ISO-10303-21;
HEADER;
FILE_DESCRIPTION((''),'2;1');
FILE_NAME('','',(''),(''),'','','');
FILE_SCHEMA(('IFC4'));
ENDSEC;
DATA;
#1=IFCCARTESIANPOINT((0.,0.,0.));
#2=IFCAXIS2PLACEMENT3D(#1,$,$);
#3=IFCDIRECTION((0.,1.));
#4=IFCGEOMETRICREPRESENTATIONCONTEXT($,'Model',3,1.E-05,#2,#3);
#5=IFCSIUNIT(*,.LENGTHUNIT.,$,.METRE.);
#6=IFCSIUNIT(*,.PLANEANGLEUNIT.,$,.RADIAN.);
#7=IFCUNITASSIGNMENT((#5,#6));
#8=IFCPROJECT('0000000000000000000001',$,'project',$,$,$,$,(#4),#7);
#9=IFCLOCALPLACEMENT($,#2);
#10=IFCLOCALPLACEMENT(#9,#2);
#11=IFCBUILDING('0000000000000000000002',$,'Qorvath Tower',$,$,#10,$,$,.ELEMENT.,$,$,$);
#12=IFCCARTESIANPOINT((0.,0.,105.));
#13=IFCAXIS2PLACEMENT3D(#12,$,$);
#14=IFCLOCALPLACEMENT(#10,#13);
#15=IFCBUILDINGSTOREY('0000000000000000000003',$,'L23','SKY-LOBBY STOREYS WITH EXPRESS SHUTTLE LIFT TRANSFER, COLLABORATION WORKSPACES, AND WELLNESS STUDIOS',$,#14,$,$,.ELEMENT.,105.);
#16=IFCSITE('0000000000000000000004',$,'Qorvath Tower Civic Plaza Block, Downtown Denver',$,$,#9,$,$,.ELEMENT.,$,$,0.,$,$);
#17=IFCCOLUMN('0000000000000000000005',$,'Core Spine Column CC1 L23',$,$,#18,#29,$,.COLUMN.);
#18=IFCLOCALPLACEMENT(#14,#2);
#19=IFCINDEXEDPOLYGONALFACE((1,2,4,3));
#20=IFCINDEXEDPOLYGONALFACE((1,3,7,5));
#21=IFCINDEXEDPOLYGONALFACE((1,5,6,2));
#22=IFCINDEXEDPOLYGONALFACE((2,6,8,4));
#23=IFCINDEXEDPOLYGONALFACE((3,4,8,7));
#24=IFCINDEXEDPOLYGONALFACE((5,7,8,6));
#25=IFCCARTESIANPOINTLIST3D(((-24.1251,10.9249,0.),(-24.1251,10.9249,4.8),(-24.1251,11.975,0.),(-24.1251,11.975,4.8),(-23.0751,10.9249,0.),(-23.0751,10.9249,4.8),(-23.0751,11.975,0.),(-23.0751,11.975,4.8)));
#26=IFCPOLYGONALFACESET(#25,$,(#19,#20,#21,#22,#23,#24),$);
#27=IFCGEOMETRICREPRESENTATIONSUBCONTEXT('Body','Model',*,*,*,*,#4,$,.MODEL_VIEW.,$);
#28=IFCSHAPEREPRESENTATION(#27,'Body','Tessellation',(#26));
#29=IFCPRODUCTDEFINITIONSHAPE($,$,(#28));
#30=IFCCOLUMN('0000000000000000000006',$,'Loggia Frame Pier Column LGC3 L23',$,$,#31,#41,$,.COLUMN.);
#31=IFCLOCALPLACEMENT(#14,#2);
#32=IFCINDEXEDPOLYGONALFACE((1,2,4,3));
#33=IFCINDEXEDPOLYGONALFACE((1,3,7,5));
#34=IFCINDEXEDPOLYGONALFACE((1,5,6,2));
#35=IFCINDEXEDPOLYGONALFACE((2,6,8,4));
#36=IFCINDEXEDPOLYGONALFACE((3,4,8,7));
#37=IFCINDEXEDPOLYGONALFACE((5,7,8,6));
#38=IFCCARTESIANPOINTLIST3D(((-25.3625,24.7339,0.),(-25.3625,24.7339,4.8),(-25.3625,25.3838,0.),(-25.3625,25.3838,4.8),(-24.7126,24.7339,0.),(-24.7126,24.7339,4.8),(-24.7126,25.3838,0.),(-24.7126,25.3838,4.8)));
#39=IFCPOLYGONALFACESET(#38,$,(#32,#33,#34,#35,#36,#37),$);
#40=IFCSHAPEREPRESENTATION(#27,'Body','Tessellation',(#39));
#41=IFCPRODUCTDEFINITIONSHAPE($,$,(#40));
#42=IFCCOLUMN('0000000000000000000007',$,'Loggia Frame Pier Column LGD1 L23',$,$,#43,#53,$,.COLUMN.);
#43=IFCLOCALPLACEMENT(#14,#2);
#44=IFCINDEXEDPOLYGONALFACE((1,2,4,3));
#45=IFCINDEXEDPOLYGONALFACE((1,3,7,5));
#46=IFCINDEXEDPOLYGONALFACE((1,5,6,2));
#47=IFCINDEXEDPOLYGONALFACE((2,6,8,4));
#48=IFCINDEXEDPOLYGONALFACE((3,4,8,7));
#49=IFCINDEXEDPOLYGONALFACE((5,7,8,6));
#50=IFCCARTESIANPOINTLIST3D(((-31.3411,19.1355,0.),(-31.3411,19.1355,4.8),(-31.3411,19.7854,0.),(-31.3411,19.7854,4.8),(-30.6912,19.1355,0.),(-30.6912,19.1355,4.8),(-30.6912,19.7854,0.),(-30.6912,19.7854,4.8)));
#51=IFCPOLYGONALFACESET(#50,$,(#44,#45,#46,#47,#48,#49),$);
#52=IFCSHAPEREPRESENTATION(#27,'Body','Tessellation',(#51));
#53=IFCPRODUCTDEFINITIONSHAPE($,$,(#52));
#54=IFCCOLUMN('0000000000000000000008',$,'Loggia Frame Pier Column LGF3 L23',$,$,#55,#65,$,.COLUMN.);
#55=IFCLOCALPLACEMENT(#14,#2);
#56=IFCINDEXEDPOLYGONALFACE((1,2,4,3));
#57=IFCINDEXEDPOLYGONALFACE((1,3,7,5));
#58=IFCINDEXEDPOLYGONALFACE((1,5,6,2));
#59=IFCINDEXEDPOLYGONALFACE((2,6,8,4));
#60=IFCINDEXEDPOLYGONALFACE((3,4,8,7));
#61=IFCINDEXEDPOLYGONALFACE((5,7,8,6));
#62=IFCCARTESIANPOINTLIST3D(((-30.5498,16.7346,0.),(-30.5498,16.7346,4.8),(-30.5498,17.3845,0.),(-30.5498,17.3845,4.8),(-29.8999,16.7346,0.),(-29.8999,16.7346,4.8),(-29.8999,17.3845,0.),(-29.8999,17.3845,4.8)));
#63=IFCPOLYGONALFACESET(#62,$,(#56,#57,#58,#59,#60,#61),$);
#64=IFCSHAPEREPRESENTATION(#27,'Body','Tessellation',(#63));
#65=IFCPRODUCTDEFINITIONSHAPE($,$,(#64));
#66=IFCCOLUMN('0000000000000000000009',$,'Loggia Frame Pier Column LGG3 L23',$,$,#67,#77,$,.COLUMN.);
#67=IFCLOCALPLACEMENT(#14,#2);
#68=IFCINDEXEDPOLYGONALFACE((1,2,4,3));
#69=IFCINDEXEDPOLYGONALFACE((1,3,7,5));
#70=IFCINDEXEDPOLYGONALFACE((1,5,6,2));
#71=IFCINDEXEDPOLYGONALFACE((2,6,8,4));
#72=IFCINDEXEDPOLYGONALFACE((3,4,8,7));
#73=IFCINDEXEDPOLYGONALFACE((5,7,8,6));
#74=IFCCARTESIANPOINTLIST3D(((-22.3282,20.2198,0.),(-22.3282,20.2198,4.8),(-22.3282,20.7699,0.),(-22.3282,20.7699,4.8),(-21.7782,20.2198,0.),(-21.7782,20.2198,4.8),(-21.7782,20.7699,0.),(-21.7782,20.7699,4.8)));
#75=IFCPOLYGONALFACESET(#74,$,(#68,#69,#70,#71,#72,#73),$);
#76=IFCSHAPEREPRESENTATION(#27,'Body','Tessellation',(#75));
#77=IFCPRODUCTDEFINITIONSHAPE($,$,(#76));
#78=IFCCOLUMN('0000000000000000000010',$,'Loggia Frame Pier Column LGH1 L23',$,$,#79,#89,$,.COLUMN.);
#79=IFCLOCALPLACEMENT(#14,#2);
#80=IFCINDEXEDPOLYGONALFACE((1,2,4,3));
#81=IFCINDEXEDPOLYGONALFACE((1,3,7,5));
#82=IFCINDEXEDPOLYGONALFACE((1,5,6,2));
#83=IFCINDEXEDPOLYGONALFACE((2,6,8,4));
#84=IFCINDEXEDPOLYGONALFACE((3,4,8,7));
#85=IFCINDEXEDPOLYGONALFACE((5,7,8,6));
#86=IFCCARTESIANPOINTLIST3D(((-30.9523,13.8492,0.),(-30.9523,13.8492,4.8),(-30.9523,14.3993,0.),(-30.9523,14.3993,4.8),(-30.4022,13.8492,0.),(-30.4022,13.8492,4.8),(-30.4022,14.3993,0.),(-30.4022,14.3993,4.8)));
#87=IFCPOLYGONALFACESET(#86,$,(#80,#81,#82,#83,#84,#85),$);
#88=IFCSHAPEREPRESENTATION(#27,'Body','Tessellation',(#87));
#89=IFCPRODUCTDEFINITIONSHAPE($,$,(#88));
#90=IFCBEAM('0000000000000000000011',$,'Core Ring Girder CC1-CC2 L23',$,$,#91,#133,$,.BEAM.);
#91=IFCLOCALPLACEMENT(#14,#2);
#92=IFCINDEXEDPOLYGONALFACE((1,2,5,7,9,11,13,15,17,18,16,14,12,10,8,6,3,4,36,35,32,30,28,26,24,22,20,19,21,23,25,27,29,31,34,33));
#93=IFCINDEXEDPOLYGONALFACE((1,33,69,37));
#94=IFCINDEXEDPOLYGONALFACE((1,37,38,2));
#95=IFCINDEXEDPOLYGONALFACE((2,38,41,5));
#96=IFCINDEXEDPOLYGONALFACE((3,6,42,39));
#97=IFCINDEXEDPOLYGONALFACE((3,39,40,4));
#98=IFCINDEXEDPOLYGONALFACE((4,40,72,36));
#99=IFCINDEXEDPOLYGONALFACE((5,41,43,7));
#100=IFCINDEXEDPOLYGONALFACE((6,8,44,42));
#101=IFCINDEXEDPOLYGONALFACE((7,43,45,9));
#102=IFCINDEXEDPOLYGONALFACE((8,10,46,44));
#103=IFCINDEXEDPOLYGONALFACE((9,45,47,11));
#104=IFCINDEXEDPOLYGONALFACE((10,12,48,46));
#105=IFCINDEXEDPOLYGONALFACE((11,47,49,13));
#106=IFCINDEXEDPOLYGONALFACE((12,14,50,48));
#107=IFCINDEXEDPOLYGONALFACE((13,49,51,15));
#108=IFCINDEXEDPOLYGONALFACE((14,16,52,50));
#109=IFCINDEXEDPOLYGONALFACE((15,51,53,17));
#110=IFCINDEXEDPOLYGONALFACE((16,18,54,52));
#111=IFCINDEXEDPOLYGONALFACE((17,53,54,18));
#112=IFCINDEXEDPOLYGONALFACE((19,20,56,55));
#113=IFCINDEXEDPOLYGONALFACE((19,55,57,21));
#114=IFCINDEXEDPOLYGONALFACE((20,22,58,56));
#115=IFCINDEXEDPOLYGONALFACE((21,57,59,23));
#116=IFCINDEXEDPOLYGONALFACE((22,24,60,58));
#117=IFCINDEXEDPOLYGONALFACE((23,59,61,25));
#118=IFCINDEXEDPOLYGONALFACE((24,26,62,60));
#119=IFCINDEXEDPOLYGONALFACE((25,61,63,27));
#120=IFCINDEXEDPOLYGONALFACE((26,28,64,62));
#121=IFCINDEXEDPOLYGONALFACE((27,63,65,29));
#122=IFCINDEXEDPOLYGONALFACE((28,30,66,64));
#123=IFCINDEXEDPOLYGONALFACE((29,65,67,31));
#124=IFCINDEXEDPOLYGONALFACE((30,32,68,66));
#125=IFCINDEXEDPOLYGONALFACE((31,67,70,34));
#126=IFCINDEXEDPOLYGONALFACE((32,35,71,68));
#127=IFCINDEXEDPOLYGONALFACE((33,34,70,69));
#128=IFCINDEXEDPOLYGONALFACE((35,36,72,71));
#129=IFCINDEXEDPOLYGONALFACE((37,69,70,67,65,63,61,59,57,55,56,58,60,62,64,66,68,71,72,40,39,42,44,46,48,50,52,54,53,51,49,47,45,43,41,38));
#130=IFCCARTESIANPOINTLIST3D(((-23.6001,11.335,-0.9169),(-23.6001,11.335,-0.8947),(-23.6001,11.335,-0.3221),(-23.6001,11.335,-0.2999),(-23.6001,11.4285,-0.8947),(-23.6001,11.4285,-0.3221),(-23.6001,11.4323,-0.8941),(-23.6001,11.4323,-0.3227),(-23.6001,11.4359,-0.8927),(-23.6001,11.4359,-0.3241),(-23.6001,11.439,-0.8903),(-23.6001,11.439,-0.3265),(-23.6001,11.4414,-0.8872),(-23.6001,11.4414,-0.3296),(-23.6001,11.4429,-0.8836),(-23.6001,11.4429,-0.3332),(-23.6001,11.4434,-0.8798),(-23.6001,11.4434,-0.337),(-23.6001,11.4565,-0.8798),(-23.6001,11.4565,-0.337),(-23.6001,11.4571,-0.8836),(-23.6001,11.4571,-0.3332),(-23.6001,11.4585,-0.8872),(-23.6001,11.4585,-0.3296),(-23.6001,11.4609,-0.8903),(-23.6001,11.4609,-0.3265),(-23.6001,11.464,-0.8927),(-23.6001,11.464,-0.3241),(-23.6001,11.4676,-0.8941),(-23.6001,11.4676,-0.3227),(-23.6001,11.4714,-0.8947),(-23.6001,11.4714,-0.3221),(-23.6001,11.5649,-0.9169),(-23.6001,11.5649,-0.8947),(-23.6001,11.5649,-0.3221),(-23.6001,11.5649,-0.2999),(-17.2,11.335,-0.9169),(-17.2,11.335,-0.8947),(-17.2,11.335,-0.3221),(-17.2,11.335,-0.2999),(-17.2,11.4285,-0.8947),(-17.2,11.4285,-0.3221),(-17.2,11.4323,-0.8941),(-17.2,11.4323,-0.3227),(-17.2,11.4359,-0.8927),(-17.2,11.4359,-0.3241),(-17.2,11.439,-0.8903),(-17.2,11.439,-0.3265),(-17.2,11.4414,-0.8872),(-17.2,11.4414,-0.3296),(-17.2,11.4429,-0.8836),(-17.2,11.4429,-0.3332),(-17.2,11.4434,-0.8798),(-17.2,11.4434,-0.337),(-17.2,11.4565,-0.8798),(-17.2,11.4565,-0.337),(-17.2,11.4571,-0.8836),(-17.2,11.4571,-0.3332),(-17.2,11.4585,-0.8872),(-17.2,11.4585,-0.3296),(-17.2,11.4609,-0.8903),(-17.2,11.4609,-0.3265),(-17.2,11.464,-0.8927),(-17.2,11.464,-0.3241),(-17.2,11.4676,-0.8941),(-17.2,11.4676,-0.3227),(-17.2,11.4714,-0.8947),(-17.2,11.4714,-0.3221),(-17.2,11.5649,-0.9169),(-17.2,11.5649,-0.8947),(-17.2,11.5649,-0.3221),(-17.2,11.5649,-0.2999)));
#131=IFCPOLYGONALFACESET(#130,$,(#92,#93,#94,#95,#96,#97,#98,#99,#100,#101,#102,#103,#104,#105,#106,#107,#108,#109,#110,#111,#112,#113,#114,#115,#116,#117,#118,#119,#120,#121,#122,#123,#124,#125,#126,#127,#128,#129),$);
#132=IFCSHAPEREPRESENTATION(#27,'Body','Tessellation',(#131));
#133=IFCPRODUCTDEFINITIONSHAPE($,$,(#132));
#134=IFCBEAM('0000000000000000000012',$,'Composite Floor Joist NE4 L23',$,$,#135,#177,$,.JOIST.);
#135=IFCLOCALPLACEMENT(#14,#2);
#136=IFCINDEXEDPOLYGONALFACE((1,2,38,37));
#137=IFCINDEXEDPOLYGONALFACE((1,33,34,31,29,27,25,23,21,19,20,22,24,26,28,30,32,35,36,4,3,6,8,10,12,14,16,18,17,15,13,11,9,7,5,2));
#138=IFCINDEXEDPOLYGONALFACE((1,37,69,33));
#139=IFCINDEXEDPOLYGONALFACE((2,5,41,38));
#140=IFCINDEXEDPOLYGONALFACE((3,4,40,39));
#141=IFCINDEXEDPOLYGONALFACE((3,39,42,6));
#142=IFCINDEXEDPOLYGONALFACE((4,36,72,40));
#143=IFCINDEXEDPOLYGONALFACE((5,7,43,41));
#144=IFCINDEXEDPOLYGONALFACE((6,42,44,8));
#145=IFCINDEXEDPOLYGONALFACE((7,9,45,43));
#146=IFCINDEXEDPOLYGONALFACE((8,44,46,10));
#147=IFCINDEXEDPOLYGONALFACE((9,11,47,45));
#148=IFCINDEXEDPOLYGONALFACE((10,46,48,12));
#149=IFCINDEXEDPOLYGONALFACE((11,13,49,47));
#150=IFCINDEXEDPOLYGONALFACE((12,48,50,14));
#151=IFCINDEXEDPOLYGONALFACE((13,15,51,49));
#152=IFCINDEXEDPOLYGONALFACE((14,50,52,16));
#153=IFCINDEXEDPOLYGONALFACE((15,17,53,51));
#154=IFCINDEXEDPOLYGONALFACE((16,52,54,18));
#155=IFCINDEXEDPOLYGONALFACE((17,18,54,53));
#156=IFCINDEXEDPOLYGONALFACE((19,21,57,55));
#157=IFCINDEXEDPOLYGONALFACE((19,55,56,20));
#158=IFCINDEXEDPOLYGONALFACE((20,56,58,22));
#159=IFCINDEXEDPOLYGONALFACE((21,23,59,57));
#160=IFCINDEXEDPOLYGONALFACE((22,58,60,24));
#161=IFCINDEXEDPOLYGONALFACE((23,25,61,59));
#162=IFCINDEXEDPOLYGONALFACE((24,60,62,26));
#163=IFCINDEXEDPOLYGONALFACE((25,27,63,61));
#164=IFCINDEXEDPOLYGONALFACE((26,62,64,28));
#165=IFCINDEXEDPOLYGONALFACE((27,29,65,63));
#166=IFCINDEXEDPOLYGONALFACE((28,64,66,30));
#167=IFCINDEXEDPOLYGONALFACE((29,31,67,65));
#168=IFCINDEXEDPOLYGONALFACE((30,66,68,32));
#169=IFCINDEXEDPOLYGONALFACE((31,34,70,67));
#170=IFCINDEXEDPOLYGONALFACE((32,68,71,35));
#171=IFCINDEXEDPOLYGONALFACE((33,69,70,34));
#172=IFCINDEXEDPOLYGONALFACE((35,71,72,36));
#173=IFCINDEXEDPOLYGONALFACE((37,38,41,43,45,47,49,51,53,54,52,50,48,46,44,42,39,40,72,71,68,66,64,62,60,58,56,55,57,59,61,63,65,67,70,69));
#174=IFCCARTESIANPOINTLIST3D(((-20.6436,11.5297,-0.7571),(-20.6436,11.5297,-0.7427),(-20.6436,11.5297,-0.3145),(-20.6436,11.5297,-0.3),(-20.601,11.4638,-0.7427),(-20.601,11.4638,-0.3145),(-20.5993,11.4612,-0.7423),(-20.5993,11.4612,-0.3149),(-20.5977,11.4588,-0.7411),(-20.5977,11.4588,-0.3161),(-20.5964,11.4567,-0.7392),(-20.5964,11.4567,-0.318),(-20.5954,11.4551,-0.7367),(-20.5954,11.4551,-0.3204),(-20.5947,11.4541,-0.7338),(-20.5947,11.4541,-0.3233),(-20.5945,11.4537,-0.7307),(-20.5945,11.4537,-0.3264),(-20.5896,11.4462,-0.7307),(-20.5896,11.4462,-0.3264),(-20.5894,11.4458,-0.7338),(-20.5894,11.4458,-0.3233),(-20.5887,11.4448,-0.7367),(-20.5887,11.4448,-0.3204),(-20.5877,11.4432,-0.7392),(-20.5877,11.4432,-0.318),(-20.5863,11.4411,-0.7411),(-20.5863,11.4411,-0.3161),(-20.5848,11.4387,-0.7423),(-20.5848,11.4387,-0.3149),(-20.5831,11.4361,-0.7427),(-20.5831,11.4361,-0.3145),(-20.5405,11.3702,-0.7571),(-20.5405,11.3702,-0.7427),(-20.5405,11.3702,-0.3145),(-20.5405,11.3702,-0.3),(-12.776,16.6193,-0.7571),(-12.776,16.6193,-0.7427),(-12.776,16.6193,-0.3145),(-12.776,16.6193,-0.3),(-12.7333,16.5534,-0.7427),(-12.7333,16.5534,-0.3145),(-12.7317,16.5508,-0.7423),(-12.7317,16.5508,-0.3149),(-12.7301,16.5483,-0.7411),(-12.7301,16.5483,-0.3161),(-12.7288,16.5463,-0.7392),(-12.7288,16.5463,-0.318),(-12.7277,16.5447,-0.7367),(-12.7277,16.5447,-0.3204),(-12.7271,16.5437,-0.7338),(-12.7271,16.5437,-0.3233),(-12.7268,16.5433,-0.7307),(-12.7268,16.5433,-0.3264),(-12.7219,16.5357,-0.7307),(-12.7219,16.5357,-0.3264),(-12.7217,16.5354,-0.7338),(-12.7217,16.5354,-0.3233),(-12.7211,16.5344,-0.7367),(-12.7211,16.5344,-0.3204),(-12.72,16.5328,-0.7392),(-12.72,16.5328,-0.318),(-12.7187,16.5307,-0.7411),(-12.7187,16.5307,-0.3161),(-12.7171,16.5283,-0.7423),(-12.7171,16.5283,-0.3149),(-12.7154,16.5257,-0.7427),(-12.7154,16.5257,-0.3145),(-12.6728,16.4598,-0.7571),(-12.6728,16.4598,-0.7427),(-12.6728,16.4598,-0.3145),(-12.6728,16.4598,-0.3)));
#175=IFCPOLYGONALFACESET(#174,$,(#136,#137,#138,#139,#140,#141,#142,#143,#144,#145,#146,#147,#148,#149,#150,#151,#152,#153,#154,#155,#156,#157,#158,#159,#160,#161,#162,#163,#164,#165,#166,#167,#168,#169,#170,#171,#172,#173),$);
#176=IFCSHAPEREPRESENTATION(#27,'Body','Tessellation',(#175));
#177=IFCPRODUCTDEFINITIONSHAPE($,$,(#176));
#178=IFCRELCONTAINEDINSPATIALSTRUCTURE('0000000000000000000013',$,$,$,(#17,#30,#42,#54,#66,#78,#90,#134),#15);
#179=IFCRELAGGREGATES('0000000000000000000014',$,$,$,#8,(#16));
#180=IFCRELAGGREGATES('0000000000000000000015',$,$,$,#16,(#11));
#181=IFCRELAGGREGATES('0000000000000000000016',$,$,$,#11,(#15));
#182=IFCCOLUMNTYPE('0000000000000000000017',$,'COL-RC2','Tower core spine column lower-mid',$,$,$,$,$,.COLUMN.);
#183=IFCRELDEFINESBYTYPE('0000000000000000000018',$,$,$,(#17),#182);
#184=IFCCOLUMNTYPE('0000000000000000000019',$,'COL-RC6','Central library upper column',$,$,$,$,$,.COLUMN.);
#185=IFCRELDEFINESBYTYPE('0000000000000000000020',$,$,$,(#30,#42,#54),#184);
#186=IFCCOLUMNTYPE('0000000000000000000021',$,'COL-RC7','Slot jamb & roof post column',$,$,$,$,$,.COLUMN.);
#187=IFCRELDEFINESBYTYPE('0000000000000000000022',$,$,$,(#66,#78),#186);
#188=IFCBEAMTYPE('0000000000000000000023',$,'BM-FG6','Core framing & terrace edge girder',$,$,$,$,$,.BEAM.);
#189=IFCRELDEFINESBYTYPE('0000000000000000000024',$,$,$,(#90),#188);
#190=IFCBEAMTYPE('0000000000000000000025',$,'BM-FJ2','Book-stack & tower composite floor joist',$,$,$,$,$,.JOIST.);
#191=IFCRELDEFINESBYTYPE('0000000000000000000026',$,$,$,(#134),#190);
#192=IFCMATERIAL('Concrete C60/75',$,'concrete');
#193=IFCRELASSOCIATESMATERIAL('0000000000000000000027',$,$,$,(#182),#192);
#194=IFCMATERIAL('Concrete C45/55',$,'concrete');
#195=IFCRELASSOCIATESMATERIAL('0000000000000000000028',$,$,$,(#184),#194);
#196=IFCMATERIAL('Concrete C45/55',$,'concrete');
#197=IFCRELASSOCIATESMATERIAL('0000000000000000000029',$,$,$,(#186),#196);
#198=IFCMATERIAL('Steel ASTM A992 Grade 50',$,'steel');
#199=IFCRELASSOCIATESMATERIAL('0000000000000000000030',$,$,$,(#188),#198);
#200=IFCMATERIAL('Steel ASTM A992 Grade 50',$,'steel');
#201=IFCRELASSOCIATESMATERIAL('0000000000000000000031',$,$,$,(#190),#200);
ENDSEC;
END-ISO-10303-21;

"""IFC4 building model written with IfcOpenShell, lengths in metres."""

from ifc_helpers import new_model, si_unit, direction, frame, origin, origin_2d, place, context, subcontext, project, spatial, rectangle, i_section, extrude, material, material_profile, profile_set, type_object, element, save


model = new_model("IFC4")

# Units and contexts
model_context = context("Model", 3, precision=1e-05, world=origin(), true_north=direction((0.0, 1.0)))
body_context = subcontext(model_context, "Body", "Model", "MODEL_VIEW")
ifc_project = project(units=[si_unit("LENGTHUNIT", "METRE"), si_unit("PLANEANGLEUNIT", "RADIAN")], contexts=[model_context])

# Site, building, storey
site_placement = place(None, origin())
site = spatial("IfcSite", under=ifc_project, at=site_placement, Name="Qorvath Tower Civic Plaza Block, Downtown Denver", CompositionType="ELEMENT", RefElevation=0.0)
building_placement = place(site_placement, origin())
building = spatial("IfcBuilding", under=site, at=building_placement, Name="Qorvath Tower", CompositionType="ELEMENT")
storey_placement = place(building_placement, frame((0.0, 0.0, 105.0)))
storey = spatial("IfcBuildingStorey", under=building, at=storey_placement, Name="L23", Description="SKY-LOBBY STOREYS WITH EXPRESS SHUTTLE LIFT TRANSFER, COLLABORATION WORKSPACES, AND WELLNESS STUDIOS", CompositionType="ELEMENT", Elevation=105.0)

# Columns
ifc_material_1 = material(Name="Concrete C60/75", Category="concrete")
ifc_material_profile_1 = material_profile(ifc_material_1, rectangle(XDim=1.05, YDim=1.05, at=origin_2d()), Name="RC 1050x1050")
ifc_profile_set_1 = profile_set([ifc_material_profile_1], Name="Concrete C60/75")
column_type_1 = type_object("IfcColumnType", Name="COL-RC2", Description="Tower core spine column lower-mid", PredefinedType="COLUMN", material=ifc_profile_set_1)
column_placement = place(storey_placement, frame((-23.6001, 11.45, 0.0), z_axis=(0.0, 0.0, 1.0), x_axis=(1.0, 0.0, 0.0)))
element("IfcColumn", 1, at=column_placement, inside=storey, type_object=column_type_1, Name="Core Spine Column CC1 L23", PredefinedType="COLUMN", context=body_context, shape_type="SweptSolid", body=[
    extrude(rectangle(XDim=1.05, YDim=1.05, at=origin_2d()), origin(), (0.0, 0.0, 1.0), 4.8),
])
ifc_material_2 = material(Name="Concrete C45/55", Category="concrete")
ifc_material_profile_2 = material_profile(ifc_material_2, rectangle(XDim=0.6499, YDim=0.6499, at=origin_2d()), Name="RC 650x650")
ifc_profile_set_2 = profile_set([ifc_material_profile_2], Name="Concrete C45/55")
column_type_2 = type_object("IfcColumnType", Name="COL-RC6", Description="Central library upper column", PredefinedType="COLUMN", material=ifc_profile_set_2)
for number, where, z_axis, x_axis, name in (
    (2, (-25.0376, 25.0588, 0.0), (0.0, 0.0, 1.0), (1.0, 0.0, 0.0), "Loggia Frame Pier Column LGC3 L23"),
    (3, (-31.0161, 19.4604, 0.0), (0.0, 0.0, 1.0), (1.0, 0.0, 0.0), "Loggia Frame Pier Column LGD1 L23"),
    (4, (-30.2249, 17.0596, 0.0), (0.0, 0.0, 1.0), (1.0, 0.0, 0.0), "Loggia Frame Pier Column LGF3 L23"),
):
    element("IfcColumn", number, at=place(storey_placement, frame(where, z_axis=z_axis, x_axis=x_axis)), inside=storey, type_object=column_type_2, Name=name, PredefinedType="COLUMN", context=body_context, shape_type="SweptSolid", body=[
        extrude(rectangle(XDim=0.6499, YDim=0.6499, at=origin_2d()), origin(), (0.0, 0.0, 1.0), 4.8),
    ])
ifc_material_3 = material(Name="Concrete C45/55", Category="concrete")
ifc_material_profile_3 = material_profile(ifc_material_3, rectangle(XDim=0.55, YDim=0.55, at=origin_2d()), Name="RC 550x550")
ifc_profile_set_3 = profile_set([ifc_material_profile_3], Name="Concrete C45/55")
column_type_3 = type_object("IfcColumnType", Name="COL-RC7", Description="Slot jamb & roof post column", PredefinedType="COLUMN", material=ifc_profile_set_3)
for number, where, z_axis, x_axis, name in (
    (5, (-22.0532, 20.4949, 0.0), (0.0, 0.0, 1.0), (1.0, 0.0, 0.0), "Loggia Frame Pier Column LGG3 L23"),
    (6, (-30.6772, 14.1243, 0.0), (0.0, 0.0, 1.0), (1.0, 0.0, 0.0), "Loggia Frame Pier Column LGH1 L23"),
):
    element("IfcColumn", number, at=place(storey_placement, frame(where, z_axis=z_axis, x_axis=x_axis)), inside=storey, type_object=column_type_3, Name=name, PredefinedType="COLUMN", context=body_context, shape_type="SweptSolid", body=[
        extrude(rectangle(XDim=0.55, YDim=0.55, at=origin_2d()), origin(), (0.0, 0.0, 1.0), 4.8),
    ])

# Beams
ifc_material_4 = material(Name="Steel ASTM A992 Grade 50", Category="steel")
ifc_material_profile_4 = material_profile(ifc_material_4, i_section(OverallWidth=0.23, OverallDepth=0.6169, WebThickness=0.0132, FlangeThickness=0.0222, FilletRadius=0.0149, at=origin_2d()), Name="W24x94")
ifc_profile_set_4 = profile_set([ifc_material_profile_4], Name="Steel ASTM A992 Grade 50")
beam_type_1 = type_object("IfcBeamType", Name="BM-FG6", Description="Core framing & terrace edge girder", PredefinedType="BEAM", material=ifc_profile_set_4)
beam_1_placement = place(storey_placement, frame((-23.6001, 11.45, -0.6084), z_axis=(1.0, 0.0, 0.0), x_axis=(0.0, 1.0, 0.0)))
element("IfcBeam", 7, at=beam_1_placement, inside=storey, type_object=beam_type_1, Name="Core Ring Girder CC1-CC2 L23", PredefinedType="BEAM", context=body_context, shape_type="SweptSolid", body=[
    extrude(i_section(OverallWidth=0.23, OverallDepth=0.6169, WebThickness=0.0132, FlangeThickness=0.0222, FilletRadius=0.0149, at=origin_2d()), origin(), (0.0, 0.0, 1.0), 6.4001),
])
ifc_material_5 = material(Name="Steel ASTM A992 Grade 50", Category="steel")
ifc_material_profile_5 = material_profile(ifc_material_5, i_section(OverallWidth=0.1899, OverallDepth=0.457, WebThickness=0.009, FlangeThickness=0.0144, FilletRadius=0.012, at=origin_2d()), Name="W18x50")
ifc_profile_set_5 = profile_set([ifc_material_profile_5], Name="Steel ASTM A992 Grade 50")
beam_type_2 = type_object("IfcBeamType", Name="BM-FJ2", Description="Book-stack & tower composite floor joist", PredefinedType="JOIST", material=ifc_profile_set_5)
beam_2_placement = place(storey_placement, frame((-20.592, 11.45, -0.5286), z_axis=(0.839631, 0.543157, 0.0), x_axis=(-0.543157, 0.839631, 0.0)))
element("IfcBeam", 8, at=beam_2_placement, inside=storey, type_object=beam_type_2, Name="Composite Floor Joist NE4 L23", PredefinedType="JOIST", context=body_context, shape_type="SweptSolid", body=[
    extrude(i_section(OverallWidth=0.1899, OverallDepth=0.457, WebThickness=0.009, FlangeThickness=0.0144, FilletRadius=0.012, at=origin_2d()), origin(), (0.0, 0.0, 1.0), 9.3704),
])

save(model, "model.ifc")
